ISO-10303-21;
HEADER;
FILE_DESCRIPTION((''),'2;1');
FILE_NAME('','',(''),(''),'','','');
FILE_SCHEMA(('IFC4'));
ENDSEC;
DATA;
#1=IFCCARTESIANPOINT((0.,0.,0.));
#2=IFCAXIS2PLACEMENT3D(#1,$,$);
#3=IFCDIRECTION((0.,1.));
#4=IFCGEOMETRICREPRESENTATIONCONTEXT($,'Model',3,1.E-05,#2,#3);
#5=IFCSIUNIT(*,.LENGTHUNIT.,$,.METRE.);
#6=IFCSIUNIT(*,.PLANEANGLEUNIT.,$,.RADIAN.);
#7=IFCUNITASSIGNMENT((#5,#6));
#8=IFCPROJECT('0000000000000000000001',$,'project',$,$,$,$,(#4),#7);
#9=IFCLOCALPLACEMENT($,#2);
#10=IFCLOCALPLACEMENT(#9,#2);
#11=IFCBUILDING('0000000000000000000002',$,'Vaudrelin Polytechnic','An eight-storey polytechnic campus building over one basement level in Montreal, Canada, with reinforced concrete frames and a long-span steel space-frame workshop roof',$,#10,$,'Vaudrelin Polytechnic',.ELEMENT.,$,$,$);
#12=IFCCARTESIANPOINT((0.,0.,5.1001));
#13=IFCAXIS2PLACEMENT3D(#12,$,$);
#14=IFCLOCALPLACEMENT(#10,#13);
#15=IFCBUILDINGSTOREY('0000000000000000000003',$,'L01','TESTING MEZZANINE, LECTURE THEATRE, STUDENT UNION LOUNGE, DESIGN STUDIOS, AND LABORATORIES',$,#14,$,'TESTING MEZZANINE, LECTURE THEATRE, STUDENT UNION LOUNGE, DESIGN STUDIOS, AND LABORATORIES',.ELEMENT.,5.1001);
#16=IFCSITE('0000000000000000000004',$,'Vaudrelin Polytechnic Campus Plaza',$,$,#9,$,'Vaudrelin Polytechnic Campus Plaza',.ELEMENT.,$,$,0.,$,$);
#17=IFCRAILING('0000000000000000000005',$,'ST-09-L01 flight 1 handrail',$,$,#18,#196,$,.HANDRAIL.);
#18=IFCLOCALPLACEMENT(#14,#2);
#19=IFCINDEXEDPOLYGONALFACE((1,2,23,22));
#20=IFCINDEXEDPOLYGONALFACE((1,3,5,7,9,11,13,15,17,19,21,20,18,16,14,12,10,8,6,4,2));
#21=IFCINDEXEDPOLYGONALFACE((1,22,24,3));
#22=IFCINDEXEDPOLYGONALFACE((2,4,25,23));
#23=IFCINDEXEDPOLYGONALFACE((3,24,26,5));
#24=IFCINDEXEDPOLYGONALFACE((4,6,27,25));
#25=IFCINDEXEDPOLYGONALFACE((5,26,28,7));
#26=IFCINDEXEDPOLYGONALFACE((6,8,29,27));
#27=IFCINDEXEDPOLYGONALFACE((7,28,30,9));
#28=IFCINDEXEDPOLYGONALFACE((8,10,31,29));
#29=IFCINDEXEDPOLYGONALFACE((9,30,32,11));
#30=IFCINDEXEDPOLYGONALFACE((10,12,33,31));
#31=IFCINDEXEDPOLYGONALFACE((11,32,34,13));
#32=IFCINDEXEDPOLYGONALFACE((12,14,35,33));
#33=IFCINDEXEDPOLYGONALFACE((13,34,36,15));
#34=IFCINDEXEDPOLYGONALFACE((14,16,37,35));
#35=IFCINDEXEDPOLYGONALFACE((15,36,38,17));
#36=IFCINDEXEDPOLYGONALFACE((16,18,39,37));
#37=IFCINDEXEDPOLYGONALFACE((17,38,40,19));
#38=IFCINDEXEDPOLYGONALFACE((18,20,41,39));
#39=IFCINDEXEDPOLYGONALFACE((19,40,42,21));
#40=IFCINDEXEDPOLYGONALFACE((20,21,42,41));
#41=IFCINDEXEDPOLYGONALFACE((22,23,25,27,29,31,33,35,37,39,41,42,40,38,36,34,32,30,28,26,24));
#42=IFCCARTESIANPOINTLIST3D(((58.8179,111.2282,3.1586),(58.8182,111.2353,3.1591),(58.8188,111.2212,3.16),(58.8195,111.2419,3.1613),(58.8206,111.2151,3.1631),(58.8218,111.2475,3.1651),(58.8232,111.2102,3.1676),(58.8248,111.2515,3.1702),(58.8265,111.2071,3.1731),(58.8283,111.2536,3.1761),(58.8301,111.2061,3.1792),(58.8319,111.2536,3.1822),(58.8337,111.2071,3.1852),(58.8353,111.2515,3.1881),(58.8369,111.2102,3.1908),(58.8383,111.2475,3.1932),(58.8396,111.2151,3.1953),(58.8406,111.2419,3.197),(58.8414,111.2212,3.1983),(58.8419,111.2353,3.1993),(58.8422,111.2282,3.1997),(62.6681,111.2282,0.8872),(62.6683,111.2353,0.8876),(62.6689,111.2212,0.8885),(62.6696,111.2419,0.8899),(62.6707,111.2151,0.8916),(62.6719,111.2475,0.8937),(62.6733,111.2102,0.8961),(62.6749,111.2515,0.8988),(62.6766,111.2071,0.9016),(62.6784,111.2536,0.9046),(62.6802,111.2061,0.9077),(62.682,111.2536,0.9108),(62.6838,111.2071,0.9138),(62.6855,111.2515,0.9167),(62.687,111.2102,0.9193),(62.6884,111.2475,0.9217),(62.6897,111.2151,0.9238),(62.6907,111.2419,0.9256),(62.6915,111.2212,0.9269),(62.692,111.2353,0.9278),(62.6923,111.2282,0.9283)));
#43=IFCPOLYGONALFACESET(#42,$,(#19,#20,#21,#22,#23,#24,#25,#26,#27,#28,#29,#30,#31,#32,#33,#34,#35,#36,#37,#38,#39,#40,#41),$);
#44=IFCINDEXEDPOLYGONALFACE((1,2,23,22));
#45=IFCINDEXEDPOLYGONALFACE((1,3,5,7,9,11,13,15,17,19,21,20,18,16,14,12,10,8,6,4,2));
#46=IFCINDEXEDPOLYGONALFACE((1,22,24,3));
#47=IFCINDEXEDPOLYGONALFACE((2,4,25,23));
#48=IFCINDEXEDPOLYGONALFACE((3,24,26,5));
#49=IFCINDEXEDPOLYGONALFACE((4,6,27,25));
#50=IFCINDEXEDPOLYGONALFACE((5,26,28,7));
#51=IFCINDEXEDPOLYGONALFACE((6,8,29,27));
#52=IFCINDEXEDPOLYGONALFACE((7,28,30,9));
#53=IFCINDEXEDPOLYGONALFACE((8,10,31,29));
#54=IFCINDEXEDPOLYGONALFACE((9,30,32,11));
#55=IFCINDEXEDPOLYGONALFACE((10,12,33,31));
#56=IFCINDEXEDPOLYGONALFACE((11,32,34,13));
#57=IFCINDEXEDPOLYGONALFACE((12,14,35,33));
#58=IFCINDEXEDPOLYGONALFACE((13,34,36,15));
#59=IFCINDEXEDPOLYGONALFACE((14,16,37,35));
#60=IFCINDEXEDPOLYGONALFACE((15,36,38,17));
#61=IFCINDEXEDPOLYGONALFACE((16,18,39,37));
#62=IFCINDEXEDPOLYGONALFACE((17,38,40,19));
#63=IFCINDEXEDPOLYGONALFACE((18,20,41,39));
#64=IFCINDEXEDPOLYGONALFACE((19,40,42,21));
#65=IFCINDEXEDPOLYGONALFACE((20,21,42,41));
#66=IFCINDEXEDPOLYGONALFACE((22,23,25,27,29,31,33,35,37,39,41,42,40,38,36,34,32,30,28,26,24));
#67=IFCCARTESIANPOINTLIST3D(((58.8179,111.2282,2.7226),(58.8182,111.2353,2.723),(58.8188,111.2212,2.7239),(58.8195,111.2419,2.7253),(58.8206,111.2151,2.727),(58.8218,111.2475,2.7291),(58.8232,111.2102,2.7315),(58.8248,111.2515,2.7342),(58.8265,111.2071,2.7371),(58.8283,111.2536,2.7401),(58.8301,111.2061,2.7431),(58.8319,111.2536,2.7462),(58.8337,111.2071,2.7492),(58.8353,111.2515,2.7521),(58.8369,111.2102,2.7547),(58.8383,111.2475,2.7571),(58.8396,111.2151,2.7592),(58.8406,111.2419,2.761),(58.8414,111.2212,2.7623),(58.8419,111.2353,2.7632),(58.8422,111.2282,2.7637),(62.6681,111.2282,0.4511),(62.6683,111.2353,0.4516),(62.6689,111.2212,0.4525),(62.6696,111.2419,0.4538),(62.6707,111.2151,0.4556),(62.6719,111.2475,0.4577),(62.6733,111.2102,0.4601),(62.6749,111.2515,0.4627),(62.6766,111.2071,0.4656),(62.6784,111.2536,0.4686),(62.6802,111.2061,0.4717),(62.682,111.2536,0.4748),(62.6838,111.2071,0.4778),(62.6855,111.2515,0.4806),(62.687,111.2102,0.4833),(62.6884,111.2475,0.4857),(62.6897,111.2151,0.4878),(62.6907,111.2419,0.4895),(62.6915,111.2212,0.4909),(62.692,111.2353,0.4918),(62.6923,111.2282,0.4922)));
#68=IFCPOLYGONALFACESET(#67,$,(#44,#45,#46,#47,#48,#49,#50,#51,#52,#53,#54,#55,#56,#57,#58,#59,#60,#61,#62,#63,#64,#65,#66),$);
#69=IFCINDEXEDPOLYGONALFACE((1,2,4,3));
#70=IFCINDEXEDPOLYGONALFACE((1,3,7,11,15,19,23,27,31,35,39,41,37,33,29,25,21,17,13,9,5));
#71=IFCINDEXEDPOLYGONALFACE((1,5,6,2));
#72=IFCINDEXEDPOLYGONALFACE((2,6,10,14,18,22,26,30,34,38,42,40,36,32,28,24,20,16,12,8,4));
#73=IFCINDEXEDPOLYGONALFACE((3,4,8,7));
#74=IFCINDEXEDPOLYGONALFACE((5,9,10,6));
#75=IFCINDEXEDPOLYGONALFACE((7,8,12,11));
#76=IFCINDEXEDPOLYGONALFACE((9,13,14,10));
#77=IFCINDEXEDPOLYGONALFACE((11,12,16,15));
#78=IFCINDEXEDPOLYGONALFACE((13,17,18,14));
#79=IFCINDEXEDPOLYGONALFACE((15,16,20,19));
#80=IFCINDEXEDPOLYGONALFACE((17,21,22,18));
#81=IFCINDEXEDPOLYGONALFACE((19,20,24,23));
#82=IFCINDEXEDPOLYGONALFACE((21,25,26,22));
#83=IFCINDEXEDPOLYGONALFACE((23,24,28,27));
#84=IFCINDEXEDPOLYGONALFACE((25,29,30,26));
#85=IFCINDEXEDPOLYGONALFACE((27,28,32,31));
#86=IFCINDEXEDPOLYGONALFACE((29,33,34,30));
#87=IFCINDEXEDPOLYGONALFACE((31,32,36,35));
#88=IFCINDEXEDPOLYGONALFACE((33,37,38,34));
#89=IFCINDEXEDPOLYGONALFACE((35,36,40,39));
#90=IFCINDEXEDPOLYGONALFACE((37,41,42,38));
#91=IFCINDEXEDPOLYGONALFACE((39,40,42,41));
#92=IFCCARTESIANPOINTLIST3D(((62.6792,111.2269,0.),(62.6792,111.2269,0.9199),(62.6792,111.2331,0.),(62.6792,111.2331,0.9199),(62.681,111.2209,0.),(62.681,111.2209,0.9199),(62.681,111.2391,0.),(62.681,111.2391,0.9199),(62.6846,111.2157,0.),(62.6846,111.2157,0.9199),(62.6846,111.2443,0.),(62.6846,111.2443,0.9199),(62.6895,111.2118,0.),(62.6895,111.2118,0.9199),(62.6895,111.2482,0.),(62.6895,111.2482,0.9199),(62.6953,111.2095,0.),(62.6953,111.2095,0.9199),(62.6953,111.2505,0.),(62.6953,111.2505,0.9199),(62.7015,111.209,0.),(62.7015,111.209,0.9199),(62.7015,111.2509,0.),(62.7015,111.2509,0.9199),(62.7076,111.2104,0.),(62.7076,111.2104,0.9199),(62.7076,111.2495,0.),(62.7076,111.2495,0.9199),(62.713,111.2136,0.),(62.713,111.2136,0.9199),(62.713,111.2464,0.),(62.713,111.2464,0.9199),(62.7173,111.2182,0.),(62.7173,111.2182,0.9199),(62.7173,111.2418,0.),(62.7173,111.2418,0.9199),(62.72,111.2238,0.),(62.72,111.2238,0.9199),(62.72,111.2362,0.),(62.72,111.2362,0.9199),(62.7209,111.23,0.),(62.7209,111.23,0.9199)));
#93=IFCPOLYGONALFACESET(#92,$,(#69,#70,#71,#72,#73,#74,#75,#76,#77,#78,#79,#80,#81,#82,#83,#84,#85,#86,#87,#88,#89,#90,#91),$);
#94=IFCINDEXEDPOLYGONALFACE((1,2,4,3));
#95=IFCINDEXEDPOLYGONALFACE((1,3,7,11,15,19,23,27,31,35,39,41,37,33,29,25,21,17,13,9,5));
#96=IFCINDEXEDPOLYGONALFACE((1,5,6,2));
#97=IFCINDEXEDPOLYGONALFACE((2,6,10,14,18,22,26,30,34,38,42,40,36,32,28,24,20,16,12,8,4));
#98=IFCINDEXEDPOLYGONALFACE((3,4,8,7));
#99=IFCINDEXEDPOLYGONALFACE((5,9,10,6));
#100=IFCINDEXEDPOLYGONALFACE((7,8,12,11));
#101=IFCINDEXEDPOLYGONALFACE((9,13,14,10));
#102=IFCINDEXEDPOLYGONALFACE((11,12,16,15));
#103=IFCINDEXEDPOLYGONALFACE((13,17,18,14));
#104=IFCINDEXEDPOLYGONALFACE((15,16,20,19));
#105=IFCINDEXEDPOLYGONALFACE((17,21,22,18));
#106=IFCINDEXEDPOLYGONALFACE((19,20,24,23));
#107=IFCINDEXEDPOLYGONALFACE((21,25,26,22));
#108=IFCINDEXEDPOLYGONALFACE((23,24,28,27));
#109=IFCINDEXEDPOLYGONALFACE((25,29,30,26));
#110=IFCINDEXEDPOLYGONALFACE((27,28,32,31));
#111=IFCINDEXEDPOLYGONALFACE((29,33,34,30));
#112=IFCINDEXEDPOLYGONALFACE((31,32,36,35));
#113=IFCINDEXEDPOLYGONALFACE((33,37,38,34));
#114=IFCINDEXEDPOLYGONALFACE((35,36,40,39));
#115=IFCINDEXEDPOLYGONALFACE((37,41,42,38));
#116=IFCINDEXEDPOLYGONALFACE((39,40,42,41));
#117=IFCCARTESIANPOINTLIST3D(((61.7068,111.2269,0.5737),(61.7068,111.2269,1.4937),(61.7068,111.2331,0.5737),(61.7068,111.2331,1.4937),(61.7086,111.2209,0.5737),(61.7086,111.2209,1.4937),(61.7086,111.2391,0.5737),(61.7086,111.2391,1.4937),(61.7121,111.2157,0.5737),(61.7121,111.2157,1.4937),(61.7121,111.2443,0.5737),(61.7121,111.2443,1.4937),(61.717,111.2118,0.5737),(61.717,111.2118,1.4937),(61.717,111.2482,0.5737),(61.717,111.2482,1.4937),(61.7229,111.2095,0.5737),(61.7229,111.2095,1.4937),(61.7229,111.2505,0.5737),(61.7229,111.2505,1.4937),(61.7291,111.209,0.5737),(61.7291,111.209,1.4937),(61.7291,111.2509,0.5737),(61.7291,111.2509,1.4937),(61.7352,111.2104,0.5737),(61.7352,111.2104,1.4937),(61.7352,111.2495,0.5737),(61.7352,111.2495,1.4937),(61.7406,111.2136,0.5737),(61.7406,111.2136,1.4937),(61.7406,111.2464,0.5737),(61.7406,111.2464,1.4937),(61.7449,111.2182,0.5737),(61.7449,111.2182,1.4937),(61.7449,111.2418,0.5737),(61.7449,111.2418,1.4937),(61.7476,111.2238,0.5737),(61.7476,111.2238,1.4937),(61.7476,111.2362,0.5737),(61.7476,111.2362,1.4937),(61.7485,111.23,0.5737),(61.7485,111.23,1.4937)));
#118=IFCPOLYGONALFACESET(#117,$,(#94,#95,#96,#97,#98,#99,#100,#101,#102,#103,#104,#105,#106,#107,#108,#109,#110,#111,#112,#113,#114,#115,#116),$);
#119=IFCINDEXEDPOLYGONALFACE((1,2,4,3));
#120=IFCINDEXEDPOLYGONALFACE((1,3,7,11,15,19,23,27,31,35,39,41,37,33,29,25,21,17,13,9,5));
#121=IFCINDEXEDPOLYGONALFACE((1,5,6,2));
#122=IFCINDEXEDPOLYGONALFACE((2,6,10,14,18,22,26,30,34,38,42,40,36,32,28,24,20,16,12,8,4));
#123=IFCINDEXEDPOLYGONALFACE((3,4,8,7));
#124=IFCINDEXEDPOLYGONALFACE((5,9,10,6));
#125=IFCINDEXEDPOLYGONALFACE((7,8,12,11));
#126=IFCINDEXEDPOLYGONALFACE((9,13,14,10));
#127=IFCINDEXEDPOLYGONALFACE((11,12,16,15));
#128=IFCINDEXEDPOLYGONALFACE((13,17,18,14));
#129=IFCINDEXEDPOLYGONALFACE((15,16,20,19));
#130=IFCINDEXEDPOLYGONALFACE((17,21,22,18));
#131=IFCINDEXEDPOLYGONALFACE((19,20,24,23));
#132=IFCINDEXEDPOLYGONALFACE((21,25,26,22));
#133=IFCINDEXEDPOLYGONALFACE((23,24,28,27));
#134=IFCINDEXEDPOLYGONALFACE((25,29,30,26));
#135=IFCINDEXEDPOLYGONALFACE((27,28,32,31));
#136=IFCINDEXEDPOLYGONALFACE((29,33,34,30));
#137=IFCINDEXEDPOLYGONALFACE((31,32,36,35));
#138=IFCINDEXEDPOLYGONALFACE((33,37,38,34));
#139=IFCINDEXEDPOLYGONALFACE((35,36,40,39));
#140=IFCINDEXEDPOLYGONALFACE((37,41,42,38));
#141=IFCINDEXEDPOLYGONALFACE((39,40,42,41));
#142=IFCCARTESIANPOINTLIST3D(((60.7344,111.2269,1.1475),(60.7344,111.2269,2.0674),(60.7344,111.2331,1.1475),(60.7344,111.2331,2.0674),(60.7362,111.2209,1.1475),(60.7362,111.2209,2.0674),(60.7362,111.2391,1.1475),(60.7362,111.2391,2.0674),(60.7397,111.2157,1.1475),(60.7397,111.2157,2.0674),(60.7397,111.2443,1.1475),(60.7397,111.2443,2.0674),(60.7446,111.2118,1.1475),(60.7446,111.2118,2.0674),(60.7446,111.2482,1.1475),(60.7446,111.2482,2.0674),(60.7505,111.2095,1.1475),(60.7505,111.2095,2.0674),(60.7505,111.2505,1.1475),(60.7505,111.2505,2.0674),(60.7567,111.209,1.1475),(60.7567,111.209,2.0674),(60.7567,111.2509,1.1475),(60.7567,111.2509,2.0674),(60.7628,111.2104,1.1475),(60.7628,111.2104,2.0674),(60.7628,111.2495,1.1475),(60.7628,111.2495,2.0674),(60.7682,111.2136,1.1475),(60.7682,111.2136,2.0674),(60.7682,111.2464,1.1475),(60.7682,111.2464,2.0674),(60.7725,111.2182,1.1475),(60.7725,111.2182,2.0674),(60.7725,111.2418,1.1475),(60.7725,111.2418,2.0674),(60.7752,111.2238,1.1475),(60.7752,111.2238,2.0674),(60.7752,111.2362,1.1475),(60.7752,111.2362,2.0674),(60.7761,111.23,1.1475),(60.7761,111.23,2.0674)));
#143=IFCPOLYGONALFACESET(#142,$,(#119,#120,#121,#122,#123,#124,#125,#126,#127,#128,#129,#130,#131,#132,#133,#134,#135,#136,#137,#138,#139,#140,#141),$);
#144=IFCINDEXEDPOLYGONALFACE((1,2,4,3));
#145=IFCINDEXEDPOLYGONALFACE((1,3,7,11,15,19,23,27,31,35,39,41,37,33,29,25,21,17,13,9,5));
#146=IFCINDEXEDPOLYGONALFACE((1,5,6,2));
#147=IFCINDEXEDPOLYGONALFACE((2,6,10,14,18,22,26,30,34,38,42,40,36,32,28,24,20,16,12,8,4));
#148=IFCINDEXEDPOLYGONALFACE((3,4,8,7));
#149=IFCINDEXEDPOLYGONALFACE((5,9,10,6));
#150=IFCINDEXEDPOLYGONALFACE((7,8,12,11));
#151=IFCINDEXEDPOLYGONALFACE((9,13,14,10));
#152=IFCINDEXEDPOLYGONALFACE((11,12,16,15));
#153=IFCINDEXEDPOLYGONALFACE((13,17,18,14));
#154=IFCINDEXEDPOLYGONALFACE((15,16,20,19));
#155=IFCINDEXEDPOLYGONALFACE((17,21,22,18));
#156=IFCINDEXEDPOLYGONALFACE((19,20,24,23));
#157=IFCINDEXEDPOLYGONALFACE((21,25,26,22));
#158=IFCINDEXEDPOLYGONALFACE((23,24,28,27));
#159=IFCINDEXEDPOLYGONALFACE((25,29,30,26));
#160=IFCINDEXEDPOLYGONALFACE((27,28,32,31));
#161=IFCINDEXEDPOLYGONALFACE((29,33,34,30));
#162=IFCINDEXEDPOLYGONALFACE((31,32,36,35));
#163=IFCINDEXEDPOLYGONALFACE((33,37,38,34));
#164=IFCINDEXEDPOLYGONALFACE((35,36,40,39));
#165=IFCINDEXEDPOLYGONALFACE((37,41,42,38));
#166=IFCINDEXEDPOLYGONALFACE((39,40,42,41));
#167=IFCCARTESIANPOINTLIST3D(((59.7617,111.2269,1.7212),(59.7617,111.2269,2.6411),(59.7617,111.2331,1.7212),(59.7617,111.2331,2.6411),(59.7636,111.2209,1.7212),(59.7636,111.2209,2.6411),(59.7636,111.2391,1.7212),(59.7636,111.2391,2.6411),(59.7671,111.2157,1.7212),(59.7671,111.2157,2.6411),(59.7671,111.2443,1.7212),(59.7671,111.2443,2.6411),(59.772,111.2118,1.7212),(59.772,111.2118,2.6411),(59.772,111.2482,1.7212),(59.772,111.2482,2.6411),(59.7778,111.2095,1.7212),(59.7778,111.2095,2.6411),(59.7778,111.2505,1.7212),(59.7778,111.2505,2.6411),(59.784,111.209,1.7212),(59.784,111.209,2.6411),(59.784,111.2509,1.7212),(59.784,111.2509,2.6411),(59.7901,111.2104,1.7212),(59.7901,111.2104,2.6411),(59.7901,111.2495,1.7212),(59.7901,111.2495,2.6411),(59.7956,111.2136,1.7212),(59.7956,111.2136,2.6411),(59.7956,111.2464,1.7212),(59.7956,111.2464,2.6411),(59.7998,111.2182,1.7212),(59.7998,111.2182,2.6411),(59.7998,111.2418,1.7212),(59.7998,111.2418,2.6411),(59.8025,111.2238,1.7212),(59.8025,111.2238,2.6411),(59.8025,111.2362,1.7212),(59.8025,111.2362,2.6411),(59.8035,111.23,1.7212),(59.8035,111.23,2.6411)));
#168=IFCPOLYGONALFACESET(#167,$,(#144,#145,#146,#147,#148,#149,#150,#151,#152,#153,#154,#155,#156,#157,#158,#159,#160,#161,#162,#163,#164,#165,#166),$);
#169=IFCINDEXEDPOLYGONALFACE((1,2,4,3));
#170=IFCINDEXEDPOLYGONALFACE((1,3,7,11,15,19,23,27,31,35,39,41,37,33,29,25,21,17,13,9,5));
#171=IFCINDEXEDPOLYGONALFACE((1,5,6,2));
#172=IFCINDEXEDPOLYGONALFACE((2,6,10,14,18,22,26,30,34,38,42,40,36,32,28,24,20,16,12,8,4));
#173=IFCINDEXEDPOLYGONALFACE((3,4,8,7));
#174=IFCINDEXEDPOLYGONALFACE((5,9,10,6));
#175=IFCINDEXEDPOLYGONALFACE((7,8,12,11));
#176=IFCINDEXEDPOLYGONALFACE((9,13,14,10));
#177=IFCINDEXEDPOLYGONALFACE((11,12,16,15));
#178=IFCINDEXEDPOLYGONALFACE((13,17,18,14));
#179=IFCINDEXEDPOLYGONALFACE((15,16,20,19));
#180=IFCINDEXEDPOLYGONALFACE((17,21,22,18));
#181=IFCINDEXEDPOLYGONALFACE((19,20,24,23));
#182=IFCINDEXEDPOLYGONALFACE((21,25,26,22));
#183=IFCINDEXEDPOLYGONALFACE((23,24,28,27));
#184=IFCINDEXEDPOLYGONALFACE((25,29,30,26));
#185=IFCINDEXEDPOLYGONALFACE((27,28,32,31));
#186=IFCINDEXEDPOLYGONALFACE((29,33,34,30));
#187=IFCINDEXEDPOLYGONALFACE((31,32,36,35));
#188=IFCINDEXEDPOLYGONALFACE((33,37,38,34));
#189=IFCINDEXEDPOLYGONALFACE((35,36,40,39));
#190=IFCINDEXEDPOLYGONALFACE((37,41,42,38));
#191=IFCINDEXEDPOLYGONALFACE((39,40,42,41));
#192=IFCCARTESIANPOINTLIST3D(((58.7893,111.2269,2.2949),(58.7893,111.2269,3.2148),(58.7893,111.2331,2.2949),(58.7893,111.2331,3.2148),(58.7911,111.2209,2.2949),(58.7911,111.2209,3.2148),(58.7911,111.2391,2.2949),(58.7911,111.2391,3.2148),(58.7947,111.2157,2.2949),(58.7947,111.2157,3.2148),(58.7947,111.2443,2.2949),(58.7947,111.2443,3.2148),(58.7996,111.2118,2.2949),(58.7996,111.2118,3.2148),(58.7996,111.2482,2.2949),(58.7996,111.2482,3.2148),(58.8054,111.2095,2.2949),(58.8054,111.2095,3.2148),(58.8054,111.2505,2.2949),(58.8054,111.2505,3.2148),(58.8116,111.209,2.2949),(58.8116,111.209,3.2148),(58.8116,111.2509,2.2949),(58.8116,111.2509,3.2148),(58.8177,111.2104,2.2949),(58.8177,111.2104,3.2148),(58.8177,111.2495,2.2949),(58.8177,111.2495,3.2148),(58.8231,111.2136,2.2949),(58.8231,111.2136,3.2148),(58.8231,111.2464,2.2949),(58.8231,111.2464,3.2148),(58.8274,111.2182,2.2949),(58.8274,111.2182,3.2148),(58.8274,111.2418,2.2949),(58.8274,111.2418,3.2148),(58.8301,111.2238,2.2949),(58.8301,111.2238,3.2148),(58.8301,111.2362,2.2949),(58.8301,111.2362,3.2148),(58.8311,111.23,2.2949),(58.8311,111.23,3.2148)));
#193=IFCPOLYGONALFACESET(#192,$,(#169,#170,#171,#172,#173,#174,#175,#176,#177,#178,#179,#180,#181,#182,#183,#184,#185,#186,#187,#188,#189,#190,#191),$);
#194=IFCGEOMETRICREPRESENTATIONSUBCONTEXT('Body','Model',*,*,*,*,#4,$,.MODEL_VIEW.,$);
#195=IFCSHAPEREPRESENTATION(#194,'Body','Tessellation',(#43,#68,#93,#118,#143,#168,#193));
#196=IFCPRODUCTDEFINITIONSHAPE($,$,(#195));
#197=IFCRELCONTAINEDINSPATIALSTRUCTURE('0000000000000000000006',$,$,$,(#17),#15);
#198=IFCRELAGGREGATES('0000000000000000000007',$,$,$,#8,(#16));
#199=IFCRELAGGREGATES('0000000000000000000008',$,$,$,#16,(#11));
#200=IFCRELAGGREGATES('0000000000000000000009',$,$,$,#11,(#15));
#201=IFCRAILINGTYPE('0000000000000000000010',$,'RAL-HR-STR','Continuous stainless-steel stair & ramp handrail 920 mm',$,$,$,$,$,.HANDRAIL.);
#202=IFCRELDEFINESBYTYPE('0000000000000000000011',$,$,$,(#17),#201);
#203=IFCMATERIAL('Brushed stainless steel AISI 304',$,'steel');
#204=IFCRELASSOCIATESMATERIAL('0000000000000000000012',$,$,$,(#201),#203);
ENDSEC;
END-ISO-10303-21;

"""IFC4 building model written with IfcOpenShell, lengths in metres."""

from ifc_helpers import new_model, si_unit, direction, frame, origin, origin_2d, place, context, subcontext, project, spatial, circle, extrude, material, type_object, element, save


model = new_model("IFC4")

# Units and contexts
model_context = context("Model", 3, precision=1e-05, world=origin(), true_north=direction((0.0, 1.0)))
body_context = subcontext(model_context, "Body", "Model", "MODEL_VIEW")
ifc_project = project(units=[si_unit("LENGTHUNIT", "METRE"), si_unit("PLANEANGLEUNIT", "RADIAN")], contexts=[model_context])

# Site, building, storey
site_placement = place(None, origin())
site = spatial("IfcSite", under=ifc_project, at=site_placement, Name="Vaudrelin Polytechnic Campus Plaza", LongName="Vaudrelin Polytechnic Campus Plaza", CompositionType="ELEMENT", RefElevation=0.0)
building_placement = place(site_placement, origin())
building = spatial("IfcBuilding", under=site, at=building_placement, Name="Vaudrelin Polytechnic", Description="An eight-storey polytechnic campus building over one basement level in Montreal, Canada, with reinforced concrete frames and a long-span steel space-frame workshop roof", LongName="Vaudrelin Polytechnic", CompositionType="ELEMENT")
storey_placement = place(building_placement, frame((0.0, 0.0, 5.1001)))
storey = spatial("IfcBuildingStorey", under=building, at=storey_placement, Name="L01", Description="TESTING MEZZANINE, LECTURE THEATRE, STUDENT UNION LOUNGE, DESIGN STUDIOS, AND LABORATORIES", LongName="TESTING MEZZANINE, LECTURE THEATRE, STUDENT UNION LOUNGE, DESIGN STUDIOS, AND LABORATORIES", CompositionType="ELEMENT", Elevation=5.1001)

# Railing
ifc_material_1 = material(Name="Brushed stainless steel AISI 304", Category="steel")
railing_type_1 = type_object("IfcRailingType", Name="RAL-HR-STR", Description="Continuous stainless-steel stair & ramp handrail 920 mm", PredefinedType="HANDRAIL", material=ifc_material_1)
railing_1_placement = place(storey_placement, frame((62.7, 111.23, 0.0)))
element("IfcRailing", 1, at=railing_1_placement, inside=storey, type_object=railing_type_1, Name="ST-09-L01 flight 1 handrail", PredefinedType="HANDRAIL", context=body_context, shape_type="SweptSolid", body=[
    extrude(circle(Radius=0.0239, at=origin_2d()), frame((-0.0198, 0.0, 0.9077), z_axis=(-0.86128, 0.0, 0.50813), x_axis=(0.0, -1.0, 0.0)), (0.0, 0.0, 1.0), 4.4702),
    extrude(circle(Radius=0.0239, at=origin_2d()), frame((-0.0198, 0.0, 0.4717), z_axis=(-0.86128, 0.0, 0.50813), x_axis=(0.0, -1.0, 0.0)), (0.0, 0.0, 1.0), 4.4702),
    extrude(circle(Radius=0.021, at=origin_2d()), origin(), (0.0, 0.0, 1.0), 0.9199),
    extrude(circle(Radius=0.021, at=origin_2d()), frame((-0.9724, 0.0, 0.5737)), (0.0, 0.0, 1.0), 0.9199),
    extrude(circle(Radius=0.021, at=origin_2d()), frame((-1.9448, 0.0, 1.1475)), (0.0, 0.0, 1.0), 0.9199),
    extrude(circle(Radius=0.021, at=origin_2d()), frame((-2.9175, 0.0, 1.7212)), (0.0, 0.0, 1.0), 0.9199),
    extrude(circle(Radius=0.021, at=origin_2d()), frame((-3.8899, 0.0, 2.2949)), (0.0, 0.0, 1.0), 0.9199),
])

save(model, "model.ifc")
